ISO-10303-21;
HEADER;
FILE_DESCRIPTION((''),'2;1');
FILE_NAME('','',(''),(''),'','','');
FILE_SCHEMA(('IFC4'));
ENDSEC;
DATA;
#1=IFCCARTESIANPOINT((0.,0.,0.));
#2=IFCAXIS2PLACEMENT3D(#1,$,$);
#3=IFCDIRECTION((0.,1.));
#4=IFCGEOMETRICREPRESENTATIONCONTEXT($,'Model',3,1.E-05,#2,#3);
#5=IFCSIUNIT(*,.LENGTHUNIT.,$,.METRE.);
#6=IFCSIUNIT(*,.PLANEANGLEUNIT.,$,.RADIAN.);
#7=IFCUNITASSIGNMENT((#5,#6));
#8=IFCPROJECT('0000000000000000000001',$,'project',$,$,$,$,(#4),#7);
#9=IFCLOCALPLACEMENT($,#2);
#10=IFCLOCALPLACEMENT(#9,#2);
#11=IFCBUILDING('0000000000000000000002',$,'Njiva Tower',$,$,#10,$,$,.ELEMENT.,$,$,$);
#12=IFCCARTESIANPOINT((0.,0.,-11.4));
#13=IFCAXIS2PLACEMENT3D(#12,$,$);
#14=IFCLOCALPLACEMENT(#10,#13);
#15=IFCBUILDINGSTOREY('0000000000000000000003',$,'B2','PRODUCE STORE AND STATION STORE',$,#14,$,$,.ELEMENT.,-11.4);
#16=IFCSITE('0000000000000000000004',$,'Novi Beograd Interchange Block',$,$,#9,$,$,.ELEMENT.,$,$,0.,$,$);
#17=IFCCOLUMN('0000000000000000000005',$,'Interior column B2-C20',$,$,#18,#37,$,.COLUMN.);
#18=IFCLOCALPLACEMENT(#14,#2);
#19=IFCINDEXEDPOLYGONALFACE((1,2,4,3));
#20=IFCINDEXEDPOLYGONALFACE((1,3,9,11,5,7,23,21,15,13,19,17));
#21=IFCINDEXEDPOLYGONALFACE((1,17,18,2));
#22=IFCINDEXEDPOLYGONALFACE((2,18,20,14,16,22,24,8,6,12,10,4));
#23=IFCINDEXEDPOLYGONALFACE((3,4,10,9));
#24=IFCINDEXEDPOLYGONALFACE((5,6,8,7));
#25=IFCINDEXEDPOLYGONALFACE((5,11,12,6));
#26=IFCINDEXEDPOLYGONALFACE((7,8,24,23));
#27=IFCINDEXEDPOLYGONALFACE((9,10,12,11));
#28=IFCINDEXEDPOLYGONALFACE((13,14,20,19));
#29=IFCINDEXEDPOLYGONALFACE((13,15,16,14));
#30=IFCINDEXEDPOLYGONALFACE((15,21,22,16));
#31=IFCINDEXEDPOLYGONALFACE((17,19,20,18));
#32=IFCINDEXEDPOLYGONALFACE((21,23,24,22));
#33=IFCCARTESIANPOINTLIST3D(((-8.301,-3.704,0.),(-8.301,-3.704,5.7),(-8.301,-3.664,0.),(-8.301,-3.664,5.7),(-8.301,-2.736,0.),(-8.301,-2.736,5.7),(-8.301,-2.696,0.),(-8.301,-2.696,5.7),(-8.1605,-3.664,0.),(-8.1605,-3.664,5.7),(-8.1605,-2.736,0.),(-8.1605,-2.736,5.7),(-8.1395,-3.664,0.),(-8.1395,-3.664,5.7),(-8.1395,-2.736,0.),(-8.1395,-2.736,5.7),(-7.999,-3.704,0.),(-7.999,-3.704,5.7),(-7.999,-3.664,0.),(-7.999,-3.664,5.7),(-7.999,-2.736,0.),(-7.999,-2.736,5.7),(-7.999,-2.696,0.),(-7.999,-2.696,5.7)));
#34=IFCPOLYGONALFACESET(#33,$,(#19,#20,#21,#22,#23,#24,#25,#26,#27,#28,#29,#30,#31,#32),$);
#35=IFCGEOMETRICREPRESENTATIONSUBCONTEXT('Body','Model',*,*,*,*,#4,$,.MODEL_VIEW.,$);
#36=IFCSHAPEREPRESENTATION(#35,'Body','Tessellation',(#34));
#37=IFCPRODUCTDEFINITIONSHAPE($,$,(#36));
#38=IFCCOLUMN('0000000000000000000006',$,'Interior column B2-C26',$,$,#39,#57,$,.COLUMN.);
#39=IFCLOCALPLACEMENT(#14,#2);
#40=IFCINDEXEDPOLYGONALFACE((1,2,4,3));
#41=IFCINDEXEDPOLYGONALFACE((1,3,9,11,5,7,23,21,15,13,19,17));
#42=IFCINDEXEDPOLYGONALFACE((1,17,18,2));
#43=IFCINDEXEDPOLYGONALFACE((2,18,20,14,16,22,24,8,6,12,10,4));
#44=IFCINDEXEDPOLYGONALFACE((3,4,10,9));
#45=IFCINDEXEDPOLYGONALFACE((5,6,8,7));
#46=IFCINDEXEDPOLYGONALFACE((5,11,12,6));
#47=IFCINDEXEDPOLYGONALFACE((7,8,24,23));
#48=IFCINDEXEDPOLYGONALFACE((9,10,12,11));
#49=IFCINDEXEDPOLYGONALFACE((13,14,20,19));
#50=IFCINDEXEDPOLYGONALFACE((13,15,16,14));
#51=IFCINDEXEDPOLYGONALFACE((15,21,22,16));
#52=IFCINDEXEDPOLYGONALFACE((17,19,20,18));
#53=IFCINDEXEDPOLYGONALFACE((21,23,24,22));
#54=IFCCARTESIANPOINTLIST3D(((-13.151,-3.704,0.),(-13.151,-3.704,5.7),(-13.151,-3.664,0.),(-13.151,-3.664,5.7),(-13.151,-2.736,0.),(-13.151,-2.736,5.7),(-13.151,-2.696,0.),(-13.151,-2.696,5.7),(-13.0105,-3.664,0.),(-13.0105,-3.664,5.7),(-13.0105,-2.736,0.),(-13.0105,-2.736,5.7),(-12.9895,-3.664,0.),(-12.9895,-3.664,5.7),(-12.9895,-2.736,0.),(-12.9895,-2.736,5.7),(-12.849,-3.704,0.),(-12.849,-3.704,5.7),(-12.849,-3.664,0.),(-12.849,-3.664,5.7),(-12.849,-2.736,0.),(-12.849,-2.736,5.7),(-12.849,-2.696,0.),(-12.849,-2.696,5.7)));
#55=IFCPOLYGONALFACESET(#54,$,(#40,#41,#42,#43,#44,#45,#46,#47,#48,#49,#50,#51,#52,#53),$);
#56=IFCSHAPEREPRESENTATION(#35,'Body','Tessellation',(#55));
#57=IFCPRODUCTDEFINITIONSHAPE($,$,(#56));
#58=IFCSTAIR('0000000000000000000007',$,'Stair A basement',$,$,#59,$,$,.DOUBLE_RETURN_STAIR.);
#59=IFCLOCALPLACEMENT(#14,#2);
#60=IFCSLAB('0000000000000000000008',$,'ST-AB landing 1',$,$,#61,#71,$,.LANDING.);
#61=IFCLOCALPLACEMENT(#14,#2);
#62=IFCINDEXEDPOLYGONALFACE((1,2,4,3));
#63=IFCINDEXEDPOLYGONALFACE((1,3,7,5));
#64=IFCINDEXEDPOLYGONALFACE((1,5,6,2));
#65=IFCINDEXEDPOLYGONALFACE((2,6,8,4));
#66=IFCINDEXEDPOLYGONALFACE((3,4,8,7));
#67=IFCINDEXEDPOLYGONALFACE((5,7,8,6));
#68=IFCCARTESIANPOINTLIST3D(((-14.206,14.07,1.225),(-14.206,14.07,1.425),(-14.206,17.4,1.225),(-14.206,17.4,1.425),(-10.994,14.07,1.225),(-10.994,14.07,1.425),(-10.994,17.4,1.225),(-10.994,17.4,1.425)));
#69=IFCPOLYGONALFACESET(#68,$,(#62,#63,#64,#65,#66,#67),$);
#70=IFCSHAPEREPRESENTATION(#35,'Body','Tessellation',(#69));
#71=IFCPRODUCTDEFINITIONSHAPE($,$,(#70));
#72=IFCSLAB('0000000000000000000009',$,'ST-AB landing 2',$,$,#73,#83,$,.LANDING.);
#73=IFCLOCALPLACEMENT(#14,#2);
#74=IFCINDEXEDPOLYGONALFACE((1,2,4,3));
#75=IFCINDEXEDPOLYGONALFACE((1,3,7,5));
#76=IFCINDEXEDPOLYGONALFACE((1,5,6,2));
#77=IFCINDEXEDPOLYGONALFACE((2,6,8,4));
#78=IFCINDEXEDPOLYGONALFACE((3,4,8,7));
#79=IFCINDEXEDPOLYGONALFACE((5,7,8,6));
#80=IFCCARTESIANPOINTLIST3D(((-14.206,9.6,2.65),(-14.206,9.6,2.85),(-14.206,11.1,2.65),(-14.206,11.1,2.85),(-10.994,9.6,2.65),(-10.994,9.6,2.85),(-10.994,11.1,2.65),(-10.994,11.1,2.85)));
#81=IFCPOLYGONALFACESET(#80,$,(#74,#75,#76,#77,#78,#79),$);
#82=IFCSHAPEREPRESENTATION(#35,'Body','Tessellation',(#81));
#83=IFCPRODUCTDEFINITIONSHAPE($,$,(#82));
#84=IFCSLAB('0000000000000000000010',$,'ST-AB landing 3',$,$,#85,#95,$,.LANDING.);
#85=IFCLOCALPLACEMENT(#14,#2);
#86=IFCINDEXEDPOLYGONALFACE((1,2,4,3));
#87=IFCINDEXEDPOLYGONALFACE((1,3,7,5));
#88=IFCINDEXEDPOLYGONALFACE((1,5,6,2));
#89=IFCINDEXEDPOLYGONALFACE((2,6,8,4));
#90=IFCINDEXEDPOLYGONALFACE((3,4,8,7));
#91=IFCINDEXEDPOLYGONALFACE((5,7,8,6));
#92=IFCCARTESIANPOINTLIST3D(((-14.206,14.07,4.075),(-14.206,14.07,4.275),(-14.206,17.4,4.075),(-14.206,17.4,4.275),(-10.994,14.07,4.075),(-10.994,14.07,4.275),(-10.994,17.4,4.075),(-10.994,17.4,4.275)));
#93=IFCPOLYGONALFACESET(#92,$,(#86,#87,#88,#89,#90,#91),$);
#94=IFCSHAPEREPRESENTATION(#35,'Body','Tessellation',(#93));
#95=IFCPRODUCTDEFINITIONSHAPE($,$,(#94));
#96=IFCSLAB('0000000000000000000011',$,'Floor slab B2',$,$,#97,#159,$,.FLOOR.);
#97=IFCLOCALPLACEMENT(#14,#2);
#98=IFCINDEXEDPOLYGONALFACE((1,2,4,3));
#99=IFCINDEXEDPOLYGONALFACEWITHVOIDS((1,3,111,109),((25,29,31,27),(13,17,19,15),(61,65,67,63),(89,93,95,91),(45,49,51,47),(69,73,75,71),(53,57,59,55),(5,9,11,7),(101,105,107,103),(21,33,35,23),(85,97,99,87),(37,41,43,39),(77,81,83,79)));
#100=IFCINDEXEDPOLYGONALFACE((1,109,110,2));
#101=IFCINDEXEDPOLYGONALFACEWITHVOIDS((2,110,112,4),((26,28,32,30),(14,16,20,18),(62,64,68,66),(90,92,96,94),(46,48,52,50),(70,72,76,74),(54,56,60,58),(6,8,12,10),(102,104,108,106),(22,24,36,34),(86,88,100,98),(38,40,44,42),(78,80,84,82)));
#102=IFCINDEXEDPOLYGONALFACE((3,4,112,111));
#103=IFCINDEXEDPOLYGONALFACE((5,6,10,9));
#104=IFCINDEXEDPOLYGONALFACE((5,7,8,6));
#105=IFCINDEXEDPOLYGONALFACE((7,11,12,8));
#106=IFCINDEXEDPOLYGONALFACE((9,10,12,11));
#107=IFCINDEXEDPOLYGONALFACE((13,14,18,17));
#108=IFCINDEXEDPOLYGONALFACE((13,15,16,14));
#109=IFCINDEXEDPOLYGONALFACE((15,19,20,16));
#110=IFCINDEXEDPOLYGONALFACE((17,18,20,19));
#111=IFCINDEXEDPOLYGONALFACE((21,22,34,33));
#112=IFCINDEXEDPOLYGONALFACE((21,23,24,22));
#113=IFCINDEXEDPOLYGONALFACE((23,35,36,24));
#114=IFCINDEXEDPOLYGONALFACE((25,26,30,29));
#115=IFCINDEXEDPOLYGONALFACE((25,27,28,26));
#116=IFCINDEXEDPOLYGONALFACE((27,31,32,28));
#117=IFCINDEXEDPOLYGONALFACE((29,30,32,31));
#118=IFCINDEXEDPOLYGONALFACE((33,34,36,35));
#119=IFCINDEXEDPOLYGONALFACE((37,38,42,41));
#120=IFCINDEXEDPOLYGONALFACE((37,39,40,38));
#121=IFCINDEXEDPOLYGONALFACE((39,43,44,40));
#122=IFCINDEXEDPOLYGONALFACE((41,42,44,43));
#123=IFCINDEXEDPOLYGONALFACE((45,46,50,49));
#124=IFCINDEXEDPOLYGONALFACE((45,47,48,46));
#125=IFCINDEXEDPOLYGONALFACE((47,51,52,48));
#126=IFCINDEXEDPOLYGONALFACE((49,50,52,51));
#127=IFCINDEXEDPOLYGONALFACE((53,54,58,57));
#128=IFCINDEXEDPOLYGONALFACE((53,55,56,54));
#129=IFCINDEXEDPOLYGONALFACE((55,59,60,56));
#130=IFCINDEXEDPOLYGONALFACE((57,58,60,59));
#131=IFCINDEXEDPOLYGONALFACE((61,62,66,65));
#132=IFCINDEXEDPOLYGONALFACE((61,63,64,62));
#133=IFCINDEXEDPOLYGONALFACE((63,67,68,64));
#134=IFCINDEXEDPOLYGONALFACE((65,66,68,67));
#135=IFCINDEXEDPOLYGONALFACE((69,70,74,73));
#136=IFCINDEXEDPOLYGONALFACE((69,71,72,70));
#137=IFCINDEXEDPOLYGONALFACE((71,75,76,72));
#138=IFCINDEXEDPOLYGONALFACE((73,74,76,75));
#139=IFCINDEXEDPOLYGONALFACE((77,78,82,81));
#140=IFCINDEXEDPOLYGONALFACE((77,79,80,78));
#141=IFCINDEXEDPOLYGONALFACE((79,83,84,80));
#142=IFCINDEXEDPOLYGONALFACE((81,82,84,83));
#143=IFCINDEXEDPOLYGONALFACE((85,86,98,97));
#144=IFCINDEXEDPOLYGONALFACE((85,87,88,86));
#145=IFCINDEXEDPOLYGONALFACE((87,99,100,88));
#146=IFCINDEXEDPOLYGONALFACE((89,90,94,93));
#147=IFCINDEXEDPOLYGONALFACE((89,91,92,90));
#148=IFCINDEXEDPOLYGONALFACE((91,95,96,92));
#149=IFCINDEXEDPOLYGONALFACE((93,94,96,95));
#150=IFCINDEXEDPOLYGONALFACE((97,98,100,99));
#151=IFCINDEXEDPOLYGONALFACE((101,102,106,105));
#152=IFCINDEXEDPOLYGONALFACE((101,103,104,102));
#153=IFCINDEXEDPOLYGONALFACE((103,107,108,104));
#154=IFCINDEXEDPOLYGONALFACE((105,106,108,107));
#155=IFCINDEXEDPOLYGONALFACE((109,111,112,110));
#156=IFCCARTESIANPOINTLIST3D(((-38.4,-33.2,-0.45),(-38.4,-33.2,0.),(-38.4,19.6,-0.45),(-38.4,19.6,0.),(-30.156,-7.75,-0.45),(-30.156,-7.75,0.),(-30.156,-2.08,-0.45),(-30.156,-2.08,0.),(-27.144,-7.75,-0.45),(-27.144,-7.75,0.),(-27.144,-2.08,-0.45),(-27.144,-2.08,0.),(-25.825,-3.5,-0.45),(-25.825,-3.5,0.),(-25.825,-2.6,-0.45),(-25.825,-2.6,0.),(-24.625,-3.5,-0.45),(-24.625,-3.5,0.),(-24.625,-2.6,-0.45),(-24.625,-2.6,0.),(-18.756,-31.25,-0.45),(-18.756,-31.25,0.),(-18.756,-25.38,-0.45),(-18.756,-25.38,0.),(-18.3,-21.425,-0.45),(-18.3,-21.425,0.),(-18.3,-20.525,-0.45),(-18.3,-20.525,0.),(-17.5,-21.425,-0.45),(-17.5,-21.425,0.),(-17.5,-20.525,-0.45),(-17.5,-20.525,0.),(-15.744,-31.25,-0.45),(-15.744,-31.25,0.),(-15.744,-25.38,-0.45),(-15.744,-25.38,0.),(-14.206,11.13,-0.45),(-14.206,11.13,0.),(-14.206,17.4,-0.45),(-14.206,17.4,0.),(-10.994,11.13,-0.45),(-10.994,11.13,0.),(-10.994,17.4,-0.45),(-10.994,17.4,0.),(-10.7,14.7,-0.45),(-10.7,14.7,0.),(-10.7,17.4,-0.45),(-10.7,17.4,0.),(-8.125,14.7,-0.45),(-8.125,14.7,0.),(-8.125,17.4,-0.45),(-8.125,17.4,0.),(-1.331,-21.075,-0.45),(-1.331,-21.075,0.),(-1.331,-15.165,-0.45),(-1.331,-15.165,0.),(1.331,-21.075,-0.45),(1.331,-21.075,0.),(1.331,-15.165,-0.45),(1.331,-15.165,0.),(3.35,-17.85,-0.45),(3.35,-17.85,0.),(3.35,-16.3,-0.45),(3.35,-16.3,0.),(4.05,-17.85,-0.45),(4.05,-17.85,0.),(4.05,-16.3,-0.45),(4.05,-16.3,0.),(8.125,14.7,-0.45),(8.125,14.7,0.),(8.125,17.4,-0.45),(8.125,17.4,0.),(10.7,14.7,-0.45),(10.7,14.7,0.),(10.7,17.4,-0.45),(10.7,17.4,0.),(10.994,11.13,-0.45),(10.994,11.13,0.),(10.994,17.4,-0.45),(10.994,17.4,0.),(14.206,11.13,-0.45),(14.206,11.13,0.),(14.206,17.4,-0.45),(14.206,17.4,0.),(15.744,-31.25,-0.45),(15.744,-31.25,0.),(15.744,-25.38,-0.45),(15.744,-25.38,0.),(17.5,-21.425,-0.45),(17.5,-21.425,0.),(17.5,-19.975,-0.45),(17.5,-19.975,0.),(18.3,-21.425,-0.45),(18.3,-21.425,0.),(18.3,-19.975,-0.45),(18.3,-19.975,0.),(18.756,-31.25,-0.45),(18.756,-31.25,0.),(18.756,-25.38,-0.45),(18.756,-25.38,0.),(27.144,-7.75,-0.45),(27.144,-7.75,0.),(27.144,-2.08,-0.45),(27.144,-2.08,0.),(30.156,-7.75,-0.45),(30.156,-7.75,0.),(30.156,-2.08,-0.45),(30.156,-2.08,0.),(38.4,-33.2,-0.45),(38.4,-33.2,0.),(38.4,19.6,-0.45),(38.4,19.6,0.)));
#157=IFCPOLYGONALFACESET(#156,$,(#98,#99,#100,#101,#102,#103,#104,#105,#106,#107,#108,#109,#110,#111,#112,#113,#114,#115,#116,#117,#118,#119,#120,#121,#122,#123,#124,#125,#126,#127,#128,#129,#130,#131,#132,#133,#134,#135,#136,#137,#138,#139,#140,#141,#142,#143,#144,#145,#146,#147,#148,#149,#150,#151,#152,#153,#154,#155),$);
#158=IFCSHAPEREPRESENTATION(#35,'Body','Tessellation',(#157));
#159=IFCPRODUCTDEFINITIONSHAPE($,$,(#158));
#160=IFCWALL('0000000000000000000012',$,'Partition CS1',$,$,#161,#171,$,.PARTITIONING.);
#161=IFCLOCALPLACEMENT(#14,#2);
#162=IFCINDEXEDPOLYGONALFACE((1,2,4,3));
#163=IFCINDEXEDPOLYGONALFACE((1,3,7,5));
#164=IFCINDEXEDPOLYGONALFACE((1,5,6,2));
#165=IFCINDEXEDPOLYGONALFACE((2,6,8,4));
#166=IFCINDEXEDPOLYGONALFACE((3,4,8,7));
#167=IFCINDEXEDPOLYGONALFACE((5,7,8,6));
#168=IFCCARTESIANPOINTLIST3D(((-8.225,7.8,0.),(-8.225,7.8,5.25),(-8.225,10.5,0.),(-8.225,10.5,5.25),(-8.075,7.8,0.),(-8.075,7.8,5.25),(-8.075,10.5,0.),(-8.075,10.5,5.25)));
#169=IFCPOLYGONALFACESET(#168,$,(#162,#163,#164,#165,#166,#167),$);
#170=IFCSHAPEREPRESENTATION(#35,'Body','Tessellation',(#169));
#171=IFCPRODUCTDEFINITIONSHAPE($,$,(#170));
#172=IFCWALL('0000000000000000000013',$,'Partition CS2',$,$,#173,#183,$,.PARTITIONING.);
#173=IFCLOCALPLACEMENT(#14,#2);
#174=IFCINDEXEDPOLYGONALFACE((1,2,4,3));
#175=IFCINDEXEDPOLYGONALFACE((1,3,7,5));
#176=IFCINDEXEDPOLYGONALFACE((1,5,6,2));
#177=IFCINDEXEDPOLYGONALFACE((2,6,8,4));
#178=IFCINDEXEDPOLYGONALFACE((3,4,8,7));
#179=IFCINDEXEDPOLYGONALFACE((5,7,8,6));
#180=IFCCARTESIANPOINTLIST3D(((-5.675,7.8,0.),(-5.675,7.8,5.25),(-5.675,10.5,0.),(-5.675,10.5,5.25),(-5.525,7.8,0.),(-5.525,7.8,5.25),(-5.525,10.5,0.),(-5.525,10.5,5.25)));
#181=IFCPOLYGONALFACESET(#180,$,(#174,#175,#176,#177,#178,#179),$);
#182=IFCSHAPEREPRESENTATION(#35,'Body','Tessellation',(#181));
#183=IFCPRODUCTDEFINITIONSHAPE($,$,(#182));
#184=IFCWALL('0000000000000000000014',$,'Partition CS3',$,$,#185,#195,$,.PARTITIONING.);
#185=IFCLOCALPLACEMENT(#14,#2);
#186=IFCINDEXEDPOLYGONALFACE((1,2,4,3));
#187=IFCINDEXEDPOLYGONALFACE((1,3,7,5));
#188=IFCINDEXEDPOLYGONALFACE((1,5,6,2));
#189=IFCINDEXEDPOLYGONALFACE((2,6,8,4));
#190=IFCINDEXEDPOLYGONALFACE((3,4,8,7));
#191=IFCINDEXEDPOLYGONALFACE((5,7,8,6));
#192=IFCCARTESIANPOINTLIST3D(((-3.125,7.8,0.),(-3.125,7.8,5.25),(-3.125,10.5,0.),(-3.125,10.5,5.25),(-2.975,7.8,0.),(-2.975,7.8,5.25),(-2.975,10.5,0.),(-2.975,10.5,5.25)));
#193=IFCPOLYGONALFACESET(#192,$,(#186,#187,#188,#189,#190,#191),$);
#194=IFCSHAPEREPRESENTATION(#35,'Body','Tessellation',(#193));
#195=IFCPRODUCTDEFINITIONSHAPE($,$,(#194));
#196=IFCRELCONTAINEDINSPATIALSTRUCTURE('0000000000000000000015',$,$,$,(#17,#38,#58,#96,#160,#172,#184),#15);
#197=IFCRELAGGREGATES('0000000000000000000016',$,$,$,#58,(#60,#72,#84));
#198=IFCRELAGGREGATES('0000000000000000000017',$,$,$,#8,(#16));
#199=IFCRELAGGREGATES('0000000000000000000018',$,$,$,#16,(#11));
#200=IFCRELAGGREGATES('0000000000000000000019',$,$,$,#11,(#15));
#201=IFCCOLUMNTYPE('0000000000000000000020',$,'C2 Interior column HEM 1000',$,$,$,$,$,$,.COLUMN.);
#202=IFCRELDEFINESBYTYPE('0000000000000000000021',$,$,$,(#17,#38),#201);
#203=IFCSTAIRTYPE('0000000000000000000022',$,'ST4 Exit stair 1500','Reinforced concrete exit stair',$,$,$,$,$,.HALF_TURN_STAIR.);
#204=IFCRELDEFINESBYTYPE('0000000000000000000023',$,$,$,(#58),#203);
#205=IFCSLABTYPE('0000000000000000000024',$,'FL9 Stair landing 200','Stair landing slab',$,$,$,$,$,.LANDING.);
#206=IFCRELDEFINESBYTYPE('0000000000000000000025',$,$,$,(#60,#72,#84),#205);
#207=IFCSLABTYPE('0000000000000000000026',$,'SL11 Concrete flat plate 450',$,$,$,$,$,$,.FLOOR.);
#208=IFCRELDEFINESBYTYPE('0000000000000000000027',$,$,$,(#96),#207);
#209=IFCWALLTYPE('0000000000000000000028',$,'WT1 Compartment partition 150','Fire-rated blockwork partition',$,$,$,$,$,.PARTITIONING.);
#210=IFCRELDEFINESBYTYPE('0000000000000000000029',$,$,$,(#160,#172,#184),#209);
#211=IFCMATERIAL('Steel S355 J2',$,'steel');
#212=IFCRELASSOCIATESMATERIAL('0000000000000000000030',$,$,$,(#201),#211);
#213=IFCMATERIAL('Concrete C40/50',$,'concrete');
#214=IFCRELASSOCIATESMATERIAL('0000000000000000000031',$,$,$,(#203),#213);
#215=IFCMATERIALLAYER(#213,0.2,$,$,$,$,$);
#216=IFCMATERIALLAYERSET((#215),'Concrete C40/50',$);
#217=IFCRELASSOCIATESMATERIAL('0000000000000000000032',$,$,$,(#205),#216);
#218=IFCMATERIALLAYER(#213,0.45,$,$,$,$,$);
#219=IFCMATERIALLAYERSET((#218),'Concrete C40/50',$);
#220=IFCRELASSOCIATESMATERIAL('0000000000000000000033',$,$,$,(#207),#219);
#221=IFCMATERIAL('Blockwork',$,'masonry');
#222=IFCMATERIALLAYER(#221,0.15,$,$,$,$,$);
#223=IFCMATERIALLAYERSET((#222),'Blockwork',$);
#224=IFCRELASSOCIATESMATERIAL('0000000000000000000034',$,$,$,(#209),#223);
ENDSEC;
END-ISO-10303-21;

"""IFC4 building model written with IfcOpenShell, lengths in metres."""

from ifc_helpers import new_model, si_unit, direction, frame, frame_2d, origin, origin_2d, place, context, subcontext, project, spatial, polyline, rectangle, i_section, outline, extrude, material, layer, layer_set, material_profile, profile_set, type_object, element, aggregate, save


model = new_model("IFC4")

# Units and contexts
model_context = context("Model", 3, precision=1e-05, world=origin(), true_north=direction((0.0, 1.0)))
body_context = subcontext(model_context, "Body", "Model", "MODEL_VIEW")
ifc_project = project(units=[si_unit("LENGTHUNIT", "METRE"), si_unit("PLANEANGLEUNIT", "RADIAN")], contexts=[model_context])

# Site, building, storey
site_placement = place(None, origin())
site = spatial("IfcSite", under=ifc_project, at=site_placement, Name="Novi Beograd Interchange Block", CompositionType="ELEMENT", RefElevation=0.0)
building_placement = place(site_placement, origin())
building = spatial("IfcBuilding", under=site, at=building_placement, Name="Njiva Tower", CompositionType="ELEMENT")
storey_placement = place(building_placement, frame((0.0, 0.0, -11.4)))
storey = spatial("IfcBuildingStorey", under=building, at=storey_placement, Name="B2", Description="PRODUCE STORE AND STATION STORE", CompositionType="ELEMENT", Elevation=-11.4)

# Columns
ifc_material_1 = material(Name="Steel S355 J2", Category="steel")
ifc_material_profile = material_profile(ifc_material_1, i_section(OverallWidth=0.302, OverallDepth=1.008, WebThickness=0.021, FlangeThickness=0.04, at=origin_2d()), Name="HEM 1000")
ifc_profile_set = profile_set([ifc_material_profile], Name="Steel S355 J2")
column_type = type_object("IfcColumnType", Name="C2 Interior column HEM 1000", PredefinedType="COLUMN", material=ifc_profile_set)
for number, where, z_axis, x_axis, name in (
    (1, (-8.15, -3.2, 0.0), (0.0, 0.0, 1.0), (1.0, 0.0, 0.0), "Interior column B2-C20"),
    (2, (-13.0, -3.2, 0.0), (0.0, 0.0, 1.0), (1.0, 0.0, 0.0), "Interior column B2-C26"),
):
    element("IfcColumn", number, at=place(storey_placement, frame(where, z_axis=z_axis, x_axis=x_axis)), inside=storey, type_object=column_type, Name=name, PredefinedType="COLUMN", context=body_context, shape_type="SweptSolid", body=[
        extrude(i_section(OverallWidth=0.302, OverallDepth=1.008, WebThickness=0.021, FlangeThickness=0.04, at=origin_2d()), origin(), (0.0, 0.0, 1.0), 5.7),
    ])

# Stair, slabs
ifc_material_2 = material(Name="Concrete C40/50", Category="concrete")
stair_type = type_object("IfcStairType", Name="ST4 Exit stair 1500", Description="Reinforced concrete exit stair", PredefinedType="HALF_TURN_STAIR", material=ifc_material_2)
stair_placement = place(storey_placement, origin())
stair = element("IfcStair", 3, at=stair_placement, inside=storey, type_object=stair_type, Name="Stair A basement", PredefinedType="DOUBLE_RETURN_STAIR")
ifc_layer_1 = layer(ifc_material_2, 0.2)
ifc_layer_set_1 = layer_set([ifc_layer_1], Name="Concrete C40/50")
slab_type_1 = type_object("IfcSlabType", Name="FL9 Stair landing 200", Description="Stair landing slab", PredefinedType="LANDING", material=ifc_layer_set_1)
slab_1_placement = place(storey_placement, frame((0.0, 0.0, 1.225)))
slab_1 = element("IfcSlab", 4, at=slab_1_placement, type_object=slab_type_1, Name="ST-AB landing 1", PredefinedType="LANDING", context=body_context, shape_type="SweptSolid", body=[
    extrude(outline(polyline([(-14.206, 14.07), (-10.994, 14.07), (-10.994, 17.4), (-14.206, 17.4), (-14.206, 14.07)])), origin(), (0.0, 0.0, 1.0), 0.2),
])
slab_2_placement = place(storey_placement, frame((0.0, 0.0, 2.65)))
slab_2 = element("IfcSlab", 5, at=slab_2_placement, type_object=slab_type_1, Name="ST-AB landing 2", PredefinedType="LANDING", context=body_context, shape_type="SweptSolid", body=[
    extrude(outline(polyline([(-14.206, 9.6), (-10.994, 9.6), (-10.994, 11.1), (-14.206, 11.1), (-14.206, 9.6)])), origin(), (0.0, 0.0, 1.0), 0.2),
])
slab_3_placement = place(storey_placement, frame((0.0, 0.0, 4.075)))
slab_3 = element("IfcSlab", 6, at=slab_3_placement, type_object=slab_type_1, Name="ST-AB landing 3", PredefinedType="LANDING", context=body_context, shape_type="SweptSolid", body=[
    extrude(outline(polyline([(-14.206, 14.07), (-10.994, 14.07), (-10.994, 17.4), (-14.206, 17.4), (-14.206, 14.07)])), origin(), (0.0, 0.0, 1.0), 0.2),
])
aggregate(stair, [slab_1, slab_2, slab_3])

# Slab
ifc_layer_2 = layer(ifc_material_2, 0.45)
ifc_layer_set_2 = layer_set([ifc_layer_2], Name="Concrete C40/50")
slab_type_2 = type_object("IfcSlabType", Name="SL11 Concrete flat plate 450", PredefinedType="FLOOR", material=ifc_layer_set_2)
slab_4_placement = place(storey_placement, frame((0.0, 0.0, -0.45)))
element("IfcSlab", 7, at=slab_4_placement, inside=storey, type_object=slab_type_2, Name="Floor slab B2", PredefinedType="FLOOR", context=body_context, shape_type="SweptSolid", body=[
    extrude(outline(polyline([(-38.4, -33.2), (-38.4, 19.6), (38.4, 19.6), (38.4, -33.2), (-38.4, -33.2)]), holes=[polyline([(27.144, -7.75), (30.156, -7.75), (30.156, -2.08), (27.144, -2.08), (27.144, -7.75)]), polyline([(15.744, -31.25), (18.756, -31.25), (18.756, -25.38), (15.744, -25.38), (15.744, -31.25)]), polyline([(17.5, -21.425), (18.3, -21.425), (18.3, -19.975), (17.5, -19.975), (17.5, -21.425)]), polyline([(10.994, 11.13), (14.206, 11.13), (14.206, 17.4), (10.994, 17.4), (10.994, 11.13)]), polyline([(8.125, 14.7), (10.7, 14.7), (10.7, 17.4), (8.125, 17.4), (8.125, 14.7)]), polyline([(3.35, -17.85), (4.05, -17.85), (4.05, -16.3), (3.35, -16.3), (3.35, -17.85)]), polyline([(-1.331, -21.075), (1.331, -21.075), (1.331, -15.165), (-1.331, -15.165), (-1.331, -21.075)]), polyline([(-8.125, 14.7), (-8.125, 17.4), (-10.7, 17.4), (-10.7, 14.7), (-8.125, 14.7)]), polyline([(-14.206, 11.13), (-10.994, 11.13), (-10.994, 17.4), (-14.206, 17.4), (-14.206, 11.13)]), polyline([(-15.744, -31.25), (-15.744, -25.38), (-18.756, -25.38), (-18.756, -31.25), (-15.744, -31.25)]), polyline([(-18.3, -21.425), (-17.5, -21.425), (-17.5, -20.525), (-18.3, -20.525), (-18.3, -21.425)]), polyline([(-24.625, -2.6), (-25.825, -2.6), (-25.825, -3.5), (-24.625, -3.5), (-24.625, -2.6)]), polyline([(-27.144, -7.75), (-27.144, -2.08), (-30.156, -2.08), (-30.156, -7.75), (-27.144, -7.75)])]), origin(), (0.0, 0.0, 1.0), 0.45),
])

# Walls
ifc_material_3 = material(Name="Blockwork", Category="masonry")
ifc_layer_3 = layer(ifc_material_3, 0.15)
ifc_layer_set_3 = layer_set([ifc_layer_3], Name="Blockwork")
wall_type_1 = type_object("IfcWallType", Name="WT1 Compartment partition 150", Description="Fire-rated blockwork partition", PredefinedType="PARTITIONING", material=ifc_layer_set_3)
for number, where, z_axis, x_axis, name in (
    (8, (-8.15, 7.8, 0.0), (0.0, 0.0, 1.0), (0.0, 1.0, 0.0), "Partition CS1"),
    (9, (-5.6, 7.8, 0.0), (0.0, 0.0, 1.0), (0.0, 1.0, 0.0), "Partition CS2"),
    (10, (-3.05, 7.8, 0.0), (0.0, 0.0, 1.0), (0.0, 1.0, 0.0), "Partition CS3"),
):
    element("IfcWall", number, at=place(storey_placement, frame(where, z_axis=z_axis, x_axis=x_axis)), inside=storey, type_object=wall_type_1, Name=name, PredefinedType="PARTITIONING", context=body_context, shape_type="SweptSolid", body=[
        extrude(rectangle(XDim=2.7, YDim=0.15, at=frame_2d((1.35, 0.0))), origin(), (0.0, 0.0, 1.0), 5.25),
    ])

save(model, "model.ifc")
